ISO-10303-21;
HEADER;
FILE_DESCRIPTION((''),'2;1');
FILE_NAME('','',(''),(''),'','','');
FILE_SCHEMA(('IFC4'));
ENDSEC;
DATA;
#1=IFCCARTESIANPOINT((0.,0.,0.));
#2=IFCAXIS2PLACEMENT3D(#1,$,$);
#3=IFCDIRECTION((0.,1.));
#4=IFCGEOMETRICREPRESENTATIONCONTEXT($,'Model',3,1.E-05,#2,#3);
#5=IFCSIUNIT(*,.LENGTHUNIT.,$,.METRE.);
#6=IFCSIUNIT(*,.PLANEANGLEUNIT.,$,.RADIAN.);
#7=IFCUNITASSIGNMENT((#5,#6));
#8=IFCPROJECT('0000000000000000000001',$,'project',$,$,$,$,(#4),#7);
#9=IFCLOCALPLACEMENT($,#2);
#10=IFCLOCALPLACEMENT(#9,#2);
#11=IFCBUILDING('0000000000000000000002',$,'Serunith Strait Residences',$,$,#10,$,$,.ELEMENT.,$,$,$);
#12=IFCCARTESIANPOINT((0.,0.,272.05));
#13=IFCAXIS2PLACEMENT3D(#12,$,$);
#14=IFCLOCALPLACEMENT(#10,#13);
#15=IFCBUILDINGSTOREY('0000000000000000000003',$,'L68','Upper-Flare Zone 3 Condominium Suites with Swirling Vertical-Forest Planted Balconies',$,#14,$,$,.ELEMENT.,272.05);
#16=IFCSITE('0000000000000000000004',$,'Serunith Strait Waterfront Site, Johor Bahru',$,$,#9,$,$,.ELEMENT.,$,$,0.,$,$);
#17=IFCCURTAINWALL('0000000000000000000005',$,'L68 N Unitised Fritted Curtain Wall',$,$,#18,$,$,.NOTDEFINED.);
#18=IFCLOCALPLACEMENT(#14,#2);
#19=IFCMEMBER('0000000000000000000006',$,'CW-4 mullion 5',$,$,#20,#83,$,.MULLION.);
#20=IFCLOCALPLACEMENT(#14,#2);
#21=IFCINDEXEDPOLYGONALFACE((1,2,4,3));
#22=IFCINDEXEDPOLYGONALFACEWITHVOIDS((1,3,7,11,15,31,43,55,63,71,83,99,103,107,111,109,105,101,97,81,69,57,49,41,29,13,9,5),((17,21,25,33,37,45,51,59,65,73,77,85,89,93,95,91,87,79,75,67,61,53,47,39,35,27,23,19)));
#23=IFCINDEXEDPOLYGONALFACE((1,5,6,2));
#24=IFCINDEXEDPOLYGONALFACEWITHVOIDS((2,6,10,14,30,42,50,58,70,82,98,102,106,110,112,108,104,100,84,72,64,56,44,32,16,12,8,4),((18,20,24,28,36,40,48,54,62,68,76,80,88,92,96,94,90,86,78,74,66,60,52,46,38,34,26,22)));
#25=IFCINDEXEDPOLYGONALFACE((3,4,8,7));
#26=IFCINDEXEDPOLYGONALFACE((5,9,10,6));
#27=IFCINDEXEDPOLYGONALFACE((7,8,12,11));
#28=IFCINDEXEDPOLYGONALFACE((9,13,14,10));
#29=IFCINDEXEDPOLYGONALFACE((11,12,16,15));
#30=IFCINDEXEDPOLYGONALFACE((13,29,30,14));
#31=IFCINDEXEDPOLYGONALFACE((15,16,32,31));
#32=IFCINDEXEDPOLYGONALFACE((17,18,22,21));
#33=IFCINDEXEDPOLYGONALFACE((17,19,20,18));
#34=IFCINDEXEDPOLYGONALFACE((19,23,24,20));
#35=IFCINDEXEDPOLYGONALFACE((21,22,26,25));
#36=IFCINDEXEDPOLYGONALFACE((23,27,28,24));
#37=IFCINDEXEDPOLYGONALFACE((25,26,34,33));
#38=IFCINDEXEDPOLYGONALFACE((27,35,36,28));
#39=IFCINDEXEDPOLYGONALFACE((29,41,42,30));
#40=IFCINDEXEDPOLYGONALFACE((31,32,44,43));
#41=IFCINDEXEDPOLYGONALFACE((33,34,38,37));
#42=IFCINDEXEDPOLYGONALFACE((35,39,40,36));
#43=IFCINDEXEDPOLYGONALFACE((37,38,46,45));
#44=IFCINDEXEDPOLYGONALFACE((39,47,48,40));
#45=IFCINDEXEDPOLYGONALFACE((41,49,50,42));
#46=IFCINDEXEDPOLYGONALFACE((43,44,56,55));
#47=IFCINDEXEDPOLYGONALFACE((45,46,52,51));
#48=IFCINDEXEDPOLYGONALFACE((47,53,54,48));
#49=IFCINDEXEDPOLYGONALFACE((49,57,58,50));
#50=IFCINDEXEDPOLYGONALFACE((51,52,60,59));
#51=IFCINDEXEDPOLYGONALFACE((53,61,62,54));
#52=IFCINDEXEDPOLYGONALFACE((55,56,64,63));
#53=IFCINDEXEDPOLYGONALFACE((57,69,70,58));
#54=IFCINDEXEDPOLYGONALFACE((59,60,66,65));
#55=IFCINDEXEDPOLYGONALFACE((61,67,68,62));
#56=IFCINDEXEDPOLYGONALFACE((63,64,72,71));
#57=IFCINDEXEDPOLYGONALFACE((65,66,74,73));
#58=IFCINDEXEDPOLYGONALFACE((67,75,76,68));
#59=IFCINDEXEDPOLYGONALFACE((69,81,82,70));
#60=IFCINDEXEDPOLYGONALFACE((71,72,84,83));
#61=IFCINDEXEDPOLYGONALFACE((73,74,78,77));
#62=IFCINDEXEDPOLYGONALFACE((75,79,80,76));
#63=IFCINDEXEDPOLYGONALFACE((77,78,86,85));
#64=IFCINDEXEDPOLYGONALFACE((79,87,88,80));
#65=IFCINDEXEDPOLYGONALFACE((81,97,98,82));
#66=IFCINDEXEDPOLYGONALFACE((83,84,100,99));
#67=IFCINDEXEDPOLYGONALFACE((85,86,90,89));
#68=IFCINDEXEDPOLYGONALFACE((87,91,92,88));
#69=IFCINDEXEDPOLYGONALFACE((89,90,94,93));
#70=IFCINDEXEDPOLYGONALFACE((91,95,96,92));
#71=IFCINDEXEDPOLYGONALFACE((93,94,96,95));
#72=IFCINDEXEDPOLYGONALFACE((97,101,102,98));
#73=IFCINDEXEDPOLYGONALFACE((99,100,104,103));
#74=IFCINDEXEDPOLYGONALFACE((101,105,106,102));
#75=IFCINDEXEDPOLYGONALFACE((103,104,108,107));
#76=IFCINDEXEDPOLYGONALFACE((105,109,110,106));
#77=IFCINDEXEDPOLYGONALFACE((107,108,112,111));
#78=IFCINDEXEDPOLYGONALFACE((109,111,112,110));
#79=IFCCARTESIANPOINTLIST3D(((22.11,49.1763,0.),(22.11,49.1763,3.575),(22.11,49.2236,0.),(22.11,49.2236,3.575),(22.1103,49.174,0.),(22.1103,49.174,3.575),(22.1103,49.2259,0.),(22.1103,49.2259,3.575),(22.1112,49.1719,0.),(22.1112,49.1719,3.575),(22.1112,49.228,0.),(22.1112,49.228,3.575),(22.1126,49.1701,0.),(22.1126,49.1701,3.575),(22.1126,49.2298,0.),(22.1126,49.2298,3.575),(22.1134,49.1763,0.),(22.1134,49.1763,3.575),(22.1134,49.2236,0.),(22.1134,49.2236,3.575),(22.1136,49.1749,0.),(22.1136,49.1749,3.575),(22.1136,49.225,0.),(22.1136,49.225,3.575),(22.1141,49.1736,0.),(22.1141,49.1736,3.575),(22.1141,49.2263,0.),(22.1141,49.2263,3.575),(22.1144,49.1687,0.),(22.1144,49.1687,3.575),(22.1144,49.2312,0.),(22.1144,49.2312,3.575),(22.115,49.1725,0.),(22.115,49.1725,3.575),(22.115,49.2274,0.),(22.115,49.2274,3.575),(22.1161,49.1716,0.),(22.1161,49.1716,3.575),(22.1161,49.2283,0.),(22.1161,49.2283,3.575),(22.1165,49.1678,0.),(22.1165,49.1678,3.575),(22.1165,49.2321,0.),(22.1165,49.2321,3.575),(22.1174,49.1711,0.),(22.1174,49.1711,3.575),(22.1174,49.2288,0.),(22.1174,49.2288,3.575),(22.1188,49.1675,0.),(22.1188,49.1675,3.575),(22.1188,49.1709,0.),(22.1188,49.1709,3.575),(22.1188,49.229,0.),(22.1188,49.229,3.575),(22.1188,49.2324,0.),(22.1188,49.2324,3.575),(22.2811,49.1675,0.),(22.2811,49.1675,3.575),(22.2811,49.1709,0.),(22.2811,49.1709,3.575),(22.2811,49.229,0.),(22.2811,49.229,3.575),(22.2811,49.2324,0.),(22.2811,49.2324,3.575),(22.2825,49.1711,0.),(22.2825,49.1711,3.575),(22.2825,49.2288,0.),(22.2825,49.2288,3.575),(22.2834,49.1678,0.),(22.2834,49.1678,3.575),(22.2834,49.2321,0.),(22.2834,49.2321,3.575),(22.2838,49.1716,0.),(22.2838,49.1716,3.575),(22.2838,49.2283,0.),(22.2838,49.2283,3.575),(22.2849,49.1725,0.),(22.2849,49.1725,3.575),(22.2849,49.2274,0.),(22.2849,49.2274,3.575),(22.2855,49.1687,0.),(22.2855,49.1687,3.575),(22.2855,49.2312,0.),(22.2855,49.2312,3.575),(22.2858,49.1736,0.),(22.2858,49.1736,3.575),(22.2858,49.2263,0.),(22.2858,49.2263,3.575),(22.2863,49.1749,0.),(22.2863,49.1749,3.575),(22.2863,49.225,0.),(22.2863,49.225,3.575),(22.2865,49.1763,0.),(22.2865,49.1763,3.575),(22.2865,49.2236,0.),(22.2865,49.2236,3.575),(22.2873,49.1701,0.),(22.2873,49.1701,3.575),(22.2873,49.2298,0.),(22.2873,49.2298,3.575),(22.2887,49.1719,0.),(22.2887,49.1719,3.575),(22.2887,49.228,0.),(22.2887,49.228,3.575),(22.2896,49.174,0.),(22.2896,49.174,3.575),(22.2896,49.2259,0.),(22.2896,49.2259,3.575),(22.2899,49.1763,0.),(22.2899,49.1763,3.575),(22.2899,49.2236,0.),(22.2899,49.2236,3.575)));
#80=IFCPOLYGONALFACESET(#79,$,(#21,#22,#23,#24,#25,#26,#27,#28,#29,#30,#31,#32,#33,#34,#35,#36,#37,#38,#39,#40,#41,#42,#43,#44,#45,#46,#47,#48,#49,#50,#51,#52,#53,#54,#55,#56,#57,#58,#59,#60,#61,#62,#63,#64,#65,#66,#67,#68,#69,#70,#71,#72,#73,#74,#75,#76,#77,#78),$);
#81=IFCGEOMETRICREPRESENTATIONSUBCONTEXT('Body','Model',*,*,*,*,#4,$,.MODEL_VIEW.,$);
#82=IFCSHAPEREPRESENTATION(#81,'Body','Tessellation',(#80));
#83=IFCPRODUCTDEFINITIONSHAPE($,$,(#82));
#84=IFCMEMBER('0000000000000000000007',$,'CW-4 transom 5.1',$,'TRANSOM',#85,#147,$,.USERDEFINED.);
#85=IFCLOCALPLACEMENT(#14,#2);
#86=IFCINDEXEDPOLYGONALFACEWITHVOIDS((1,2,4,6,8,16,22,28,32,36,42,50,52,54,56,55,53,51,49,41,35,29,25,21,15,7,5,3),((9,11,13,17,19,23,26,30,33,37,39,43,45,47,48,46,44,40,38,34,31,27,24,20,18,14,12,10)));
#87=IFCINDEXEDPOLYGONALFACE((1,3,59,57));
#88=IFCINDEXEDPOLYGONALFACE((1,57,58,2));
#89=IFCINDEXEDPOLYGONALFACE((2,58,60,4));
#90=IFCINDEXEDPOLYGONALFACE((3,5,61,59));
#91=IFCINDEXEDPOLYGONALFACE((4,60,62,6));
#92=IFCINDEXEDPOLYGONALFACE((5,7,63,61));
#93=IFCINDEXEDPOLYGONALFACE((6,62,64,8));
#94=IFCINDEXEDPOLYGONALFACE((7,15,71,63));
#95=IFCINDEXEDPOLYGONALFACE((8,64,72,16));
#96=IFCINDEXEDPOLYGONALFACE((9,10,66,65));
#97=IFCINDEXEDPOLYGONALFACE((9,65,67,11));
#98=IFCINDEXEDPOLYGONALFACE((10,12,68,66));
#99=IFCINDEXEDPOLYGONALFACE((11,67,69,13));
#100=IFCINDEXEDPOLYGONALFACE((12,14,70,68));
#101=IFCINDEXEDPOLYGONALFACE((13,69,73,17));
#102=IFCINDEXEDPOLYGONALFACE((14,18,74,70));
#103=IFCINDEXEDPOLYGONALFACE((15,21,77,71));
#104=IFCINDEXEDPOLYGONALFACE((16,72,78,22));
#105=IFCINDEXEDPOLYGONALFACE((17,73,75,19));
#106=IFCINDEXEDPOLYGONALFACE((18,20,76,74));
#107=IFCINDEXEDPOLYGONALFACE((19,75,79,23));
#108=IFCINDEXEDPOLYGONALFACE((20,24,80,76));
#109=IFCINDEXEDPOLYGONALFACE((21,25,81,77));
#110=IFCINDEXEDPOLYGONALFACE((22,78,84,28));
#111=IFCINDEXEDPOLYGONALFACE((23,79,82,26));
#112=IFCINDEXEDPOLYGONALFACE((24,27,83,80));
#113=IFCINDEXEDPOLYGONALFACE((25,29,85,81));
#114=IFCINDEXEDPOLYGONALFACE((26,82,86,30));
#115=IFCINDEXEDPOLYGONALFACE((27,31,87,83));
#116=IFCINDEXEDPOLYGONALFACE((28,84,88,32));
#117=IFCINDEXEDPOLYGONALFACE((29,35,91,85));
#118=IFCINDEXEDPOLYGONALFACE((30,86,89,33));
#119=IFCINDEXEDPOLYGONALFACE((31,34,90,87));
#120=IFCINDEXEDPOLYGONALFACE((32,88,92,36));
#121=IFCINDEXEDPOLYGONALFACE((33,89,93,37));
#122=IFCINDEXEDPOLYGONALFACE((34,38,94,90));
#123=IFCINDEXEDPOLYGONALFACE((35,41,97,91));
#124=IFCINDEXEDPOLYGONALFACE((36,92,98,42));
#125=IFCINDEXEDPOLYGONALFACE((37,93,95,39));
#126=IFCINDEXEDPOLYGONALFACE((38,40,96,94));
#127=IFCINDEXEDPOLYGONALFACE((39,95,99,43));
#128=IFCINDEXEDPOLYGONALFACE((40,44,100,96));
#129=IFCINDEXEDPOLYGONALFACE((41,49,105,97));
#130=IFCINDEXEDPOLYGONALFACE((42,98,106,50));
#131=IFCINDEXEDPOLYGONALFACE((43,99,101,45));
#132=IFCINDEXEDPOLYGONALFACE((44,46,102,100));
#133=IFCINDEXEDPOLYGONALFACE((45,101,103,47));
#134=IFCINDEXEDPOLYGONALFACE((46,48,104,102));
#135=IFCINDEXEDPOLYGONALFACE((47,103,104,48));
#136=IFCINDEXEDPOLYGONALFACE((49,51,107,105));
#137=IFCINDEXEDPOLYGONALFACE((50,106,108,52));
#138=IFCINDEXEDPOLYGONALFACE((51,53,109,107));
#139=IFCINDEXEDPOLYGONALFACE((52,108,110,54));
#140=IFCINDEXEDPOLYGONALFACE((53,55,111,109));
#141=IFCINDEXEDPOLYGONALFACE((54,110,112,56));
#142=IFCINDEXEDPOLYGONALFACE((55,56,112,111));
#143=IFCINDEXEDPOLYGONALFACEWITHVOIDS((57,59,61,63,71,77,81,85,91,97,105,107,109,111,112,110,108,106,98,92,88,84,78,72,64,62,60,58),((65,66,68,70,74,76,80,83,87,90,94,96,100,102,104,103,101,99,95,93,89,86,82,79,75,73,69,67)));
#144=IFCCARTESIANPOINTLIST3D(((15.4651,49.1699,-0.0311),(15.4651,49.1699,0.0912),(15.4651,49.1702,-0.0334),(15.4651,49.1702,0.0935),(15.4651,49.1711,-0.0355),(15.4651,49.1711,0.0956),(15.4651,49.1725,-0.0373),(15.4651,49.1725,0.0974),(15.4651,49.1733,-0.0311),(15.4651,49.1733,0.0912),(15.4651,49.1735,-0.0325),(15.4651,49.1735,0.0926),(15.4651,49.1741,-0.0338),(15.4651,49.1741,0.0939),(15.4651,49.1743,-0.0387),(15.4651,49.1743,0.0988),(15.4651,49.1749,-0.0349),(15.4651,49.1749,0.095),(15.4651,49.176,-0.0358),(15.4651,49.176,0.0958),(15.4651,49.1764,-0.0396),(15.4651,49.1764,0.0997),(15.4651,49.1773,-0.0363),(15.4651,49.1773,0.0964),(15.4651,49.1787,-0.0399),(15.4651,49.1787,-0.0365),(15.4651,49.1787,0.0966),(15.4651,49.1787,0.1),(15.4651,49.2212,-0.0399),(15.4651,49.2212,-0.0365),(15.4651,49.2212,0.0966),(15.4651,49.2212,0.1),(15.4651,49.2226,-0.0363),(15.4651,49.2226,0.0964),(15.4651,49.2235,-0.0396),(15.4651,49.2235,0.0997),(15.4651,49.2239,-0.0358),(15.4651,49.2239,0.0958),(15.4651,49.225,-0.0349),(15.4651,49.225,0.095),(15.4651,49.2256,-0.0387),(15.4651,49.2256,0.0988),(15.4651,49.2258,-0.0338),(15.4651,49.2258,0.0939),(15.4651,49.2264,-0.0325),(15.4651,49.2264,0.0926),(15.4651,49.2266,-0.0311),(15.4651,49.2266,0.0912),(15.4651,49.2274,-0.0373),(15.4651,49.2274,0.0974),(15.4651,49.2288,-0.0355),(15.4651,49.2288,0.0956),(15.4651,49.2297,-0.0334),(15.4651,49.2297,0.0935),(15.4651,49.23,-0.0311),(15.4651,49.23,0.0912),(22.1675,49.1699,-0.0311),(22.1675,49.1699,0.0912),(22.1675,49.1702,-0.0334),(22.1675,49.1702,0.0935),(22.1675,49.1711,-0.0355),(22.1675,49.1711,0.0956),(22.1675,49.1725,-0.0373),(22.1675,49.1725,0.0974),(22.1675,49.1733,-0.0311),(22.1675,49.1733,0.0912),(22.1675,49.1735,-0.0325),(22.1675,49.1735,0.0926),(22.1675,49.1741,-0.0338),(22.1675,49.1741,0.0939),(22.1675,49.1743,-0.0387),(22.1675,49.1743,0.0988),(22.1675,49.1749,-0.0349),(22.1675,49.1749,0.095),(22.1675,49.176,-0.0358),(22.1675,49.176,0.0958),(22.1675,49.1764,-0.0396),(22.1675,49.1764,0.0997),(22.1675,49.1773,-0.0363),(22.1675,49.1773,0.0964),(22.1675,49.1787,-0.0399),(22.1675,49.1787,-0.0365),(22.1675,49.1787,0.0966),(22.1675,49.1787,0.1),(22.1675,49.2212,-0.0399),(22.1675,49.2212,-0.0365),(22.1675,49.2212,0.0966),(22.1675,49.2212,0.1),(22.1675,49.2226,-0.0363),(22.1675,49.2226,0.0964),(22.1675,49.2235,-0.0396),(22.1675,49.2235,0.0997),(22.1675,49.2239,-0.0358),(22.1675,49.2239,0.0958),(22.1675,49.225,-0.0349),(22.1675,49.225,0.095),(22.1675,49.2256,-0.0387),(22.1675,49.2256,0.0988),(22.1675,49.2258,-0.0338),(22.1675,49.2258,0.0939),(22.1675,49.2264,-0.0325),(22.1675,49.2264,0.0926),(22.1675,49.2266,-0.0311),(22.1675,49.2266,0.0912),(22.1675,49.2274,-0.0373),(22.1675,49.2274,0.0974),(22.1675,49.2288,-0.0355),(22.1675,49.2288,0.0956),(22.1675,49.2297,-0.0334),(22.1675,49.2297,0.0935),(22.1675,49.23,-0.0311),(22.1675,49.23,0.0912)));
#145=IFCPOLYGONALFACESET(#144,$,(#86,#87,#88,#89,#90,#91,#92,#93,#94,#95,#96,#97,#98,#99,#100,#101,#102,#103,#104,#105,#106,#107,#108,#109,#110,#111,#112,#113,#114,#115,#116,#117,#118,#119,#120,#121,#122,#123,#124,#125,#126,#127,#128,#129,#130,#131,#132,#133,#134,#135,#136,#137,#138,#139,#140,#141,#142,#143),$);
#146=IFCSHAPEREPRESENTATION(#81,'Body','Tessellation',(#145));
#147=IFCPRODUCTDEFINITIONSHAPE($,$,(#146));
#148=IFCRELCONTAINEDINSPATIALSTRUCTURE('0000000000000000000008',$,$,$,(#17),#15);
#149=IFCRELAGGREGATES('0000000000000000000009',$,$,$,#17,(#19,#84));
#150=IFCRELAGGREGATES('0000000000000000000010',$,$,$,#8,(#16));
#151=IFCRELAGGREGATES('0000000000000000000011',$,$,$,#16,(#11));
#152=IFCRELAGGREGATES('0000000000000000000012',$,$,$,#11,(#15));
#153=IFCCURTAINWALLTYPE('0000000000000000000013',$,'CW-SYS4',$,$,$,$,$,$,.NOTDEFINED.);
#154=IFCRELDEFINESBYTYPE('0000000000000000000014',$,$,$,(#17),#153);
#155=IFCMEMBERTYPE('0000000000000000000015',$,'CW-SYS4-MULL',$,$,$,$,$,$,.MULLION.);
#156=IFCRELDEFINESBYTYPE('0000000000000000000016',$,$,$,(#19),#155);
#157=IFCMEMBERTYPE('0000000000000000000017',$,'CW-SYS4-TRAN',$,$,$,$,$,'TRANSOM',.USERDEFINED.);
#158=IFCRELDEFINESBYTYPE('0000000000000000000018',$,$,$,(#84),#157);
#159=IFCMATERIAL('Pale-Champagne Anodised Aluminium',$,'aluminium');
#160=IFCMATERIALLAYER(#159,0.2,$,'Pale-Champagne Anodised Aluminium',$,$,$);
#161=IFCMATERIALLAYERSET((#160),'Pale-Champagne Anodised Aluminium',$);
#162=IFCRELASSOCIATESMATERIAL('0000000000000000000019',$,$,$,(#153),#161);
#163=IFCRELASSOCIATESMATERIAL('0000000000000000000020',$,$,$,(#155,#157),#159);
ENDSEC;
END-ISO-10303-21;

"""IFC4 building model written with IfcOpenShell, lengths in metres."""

from ifc_helpers import new_model, si_unit, direction, frame, origin, origin_2d, place, context, subcontext, project, spatial, hollow_rectangle, extrude, source, transform, mapped, material, layer, layer_set, material_profile, profile_set, type_object, element, aggregate, save


model = new_model("IFC4")

# Units and contexts
model_context = context("Model", 3, precision=1e-05, world=origin(), true_north=direction((0.0, 1.0)))
body_context = subcontext(model_context, "Body", "Model", "MODEL_VIEW")
ifc_project = project(units=[si_unit("LENGTHUNIT", "METRE"), si_unit("PLANEANGLEUNIT", "RADIAN")], contexts=[model_context])

# Site, building, storey
site_placement = place(None, origin())
site = spatial("IfcSite", under=ifc_project, at=site_placement, Name="Serunith Strait Waterfront Site, Johor Bahru", CompositionType="ELEMENT", RefElevation=0.0)
building_placement = place(site_placement, origin())
building = spatial("IfcBuilding", under=site, at=building_placement, Name="Serunith Strait Residences", CompositionType="ELEMENT")
storey_placement = place(building_placement, frame((0.0, 0.0, 272.05)))
storey = spatial("IfcBuildingStorey", under=building, at=storey_placement, Name="L68", Description="Upper-Flare Zone 3 Condominium Suites with Swirling Vertical-Forest Planted Balconies", CompositionType="ELEMENT", Elevation=272.05)

# Curtain wall, members
ifc_material_1 = material(Name="Pale-Champagne Anodised Aluminium", Category="aluminium")
ifc_layer_1 = layer(ifc_material_1, 0.2, Name="Pale-Champagne Anodised Aluminium")
ifc_layer_set_1 = layer_set([ifc_layer_1], Name="Pale-Champagne Anodised Aluminium")
curtain_wall_type = type_object("IfcCurtainWallType", Name="CW-SYS4", PredefinedType="NOTDEFINED", material=ifc_layer_set_1)
curtain_wall_placement = place(storey_placement, origin())
curtain_wall = element("IfcCurtainWall", 1, at=curtain_wall_placement, inside=storey, type_object=curtain_wall_type, Name="L68 N Unitised Fritted Curtain Wall", PredefinedType="NOTDEFINED")
ifc_material_profile_1 = material_profile(ifc_material_1, hollow_rectangle(XDim=0.0649, YDim=0.1799, WallThickness=0.0034, InnerFilletRadius=0.0054, OuterFilletRadius=0.0088, at=origin_2d()), Name="ALU 180x65x3.5")
ifc_profile_set_1 = profile_set([ifc_material_profile_1], Name="Pale-Champagne Anodised Aluminium")
member_type_1 = type_object("IfcMemberType", Name="CW-SYS4-MULL", PredefinedType="MULLION", material=ifc_profile_set_1)
shared_shape_1 = source(origin(), body_context, "Body", "SweptSolid", [
    extrude(hollow_rectangle(XDim=0.0649, YDim=0.1799, WallThickness=0.0034, InnerFilletRadius=0.0054, OuterFilletRadius=0.0088, at=origin_2d()), origin(), (0.0, 0.0, 1.0), 3.575),
])
member_1_placement = place(storey_placement, frame((22.2, 49.2, 0.0), z_axis=(0.0, 0.0, 1.0), x_axis=(0.0, -1.0, 0.0)))
member_1 = element("IfcMember", 2, at=member_1_placement, type_object=member_type_1, Name="CW-4 mullion 5", PredefinedType="MULLION", context=body_context, shape_type="MappedRepresentation", body=[
    mapped(shared_shape_1, transform((0.0, 0.0, 0.0), scale=1.0)),
])
ifc_material_profile_2 = material_profile(ifc_material_1, hollow_rectangle(XDim=0.0601, YDim=0.1399, WallThickness=0.0034, InnerFilletRadius=0.0054, OuterFilletRadius=0.0088, at=origin_2d()), Name="ALU 140x60x3.5")
ifc_profile_set_2 = profile_set([ifc_material_profile_2], Name="Pale-Champagne Anodised Aluminium")
member_type_2 = type_object("IfcMemberType", Name="CW-SYS4-TRAN", ElementType="TRANSOM", PredefinedType="USERDEFINED", material=ifc_profile_set_2)
shared_shape_2 = source(origin(), body_context, "Body", "SweptSolid", [
    extrude(hollow_rectangle(XDim=0.0601, YDim=0.1399, WallThickness=0.0034, InnerFilletRadius=0.0054, OuterFilletRadius=0.0088, at=origin_2d()), origin(), (0.0, 0.0, 1.0), 6.7024),
])
member_2_placement = place(storey_placement, frame((22.1675, 49.2, 0.03), z_axis=(-1.0, 0.0, 0.0), x_axis=(0.0, -1.0, 0.0)))
member_2 = element("IfcMember", 3, at=member_2_placement, type_object=member_type_2, Name="CW-4 transom 5.1", ObjectType="TRANSOM", PredefinedType="USERDEFINED", context=body_context, shape_type="MappedRepresentation", body=[
    mapped(shared_shape_2, transform((0.0, 0.0, 0.0), scale=1.0)),
])
aggregate(curtain_wall, [member_1, member_2])

save(model, "model.ifc")
